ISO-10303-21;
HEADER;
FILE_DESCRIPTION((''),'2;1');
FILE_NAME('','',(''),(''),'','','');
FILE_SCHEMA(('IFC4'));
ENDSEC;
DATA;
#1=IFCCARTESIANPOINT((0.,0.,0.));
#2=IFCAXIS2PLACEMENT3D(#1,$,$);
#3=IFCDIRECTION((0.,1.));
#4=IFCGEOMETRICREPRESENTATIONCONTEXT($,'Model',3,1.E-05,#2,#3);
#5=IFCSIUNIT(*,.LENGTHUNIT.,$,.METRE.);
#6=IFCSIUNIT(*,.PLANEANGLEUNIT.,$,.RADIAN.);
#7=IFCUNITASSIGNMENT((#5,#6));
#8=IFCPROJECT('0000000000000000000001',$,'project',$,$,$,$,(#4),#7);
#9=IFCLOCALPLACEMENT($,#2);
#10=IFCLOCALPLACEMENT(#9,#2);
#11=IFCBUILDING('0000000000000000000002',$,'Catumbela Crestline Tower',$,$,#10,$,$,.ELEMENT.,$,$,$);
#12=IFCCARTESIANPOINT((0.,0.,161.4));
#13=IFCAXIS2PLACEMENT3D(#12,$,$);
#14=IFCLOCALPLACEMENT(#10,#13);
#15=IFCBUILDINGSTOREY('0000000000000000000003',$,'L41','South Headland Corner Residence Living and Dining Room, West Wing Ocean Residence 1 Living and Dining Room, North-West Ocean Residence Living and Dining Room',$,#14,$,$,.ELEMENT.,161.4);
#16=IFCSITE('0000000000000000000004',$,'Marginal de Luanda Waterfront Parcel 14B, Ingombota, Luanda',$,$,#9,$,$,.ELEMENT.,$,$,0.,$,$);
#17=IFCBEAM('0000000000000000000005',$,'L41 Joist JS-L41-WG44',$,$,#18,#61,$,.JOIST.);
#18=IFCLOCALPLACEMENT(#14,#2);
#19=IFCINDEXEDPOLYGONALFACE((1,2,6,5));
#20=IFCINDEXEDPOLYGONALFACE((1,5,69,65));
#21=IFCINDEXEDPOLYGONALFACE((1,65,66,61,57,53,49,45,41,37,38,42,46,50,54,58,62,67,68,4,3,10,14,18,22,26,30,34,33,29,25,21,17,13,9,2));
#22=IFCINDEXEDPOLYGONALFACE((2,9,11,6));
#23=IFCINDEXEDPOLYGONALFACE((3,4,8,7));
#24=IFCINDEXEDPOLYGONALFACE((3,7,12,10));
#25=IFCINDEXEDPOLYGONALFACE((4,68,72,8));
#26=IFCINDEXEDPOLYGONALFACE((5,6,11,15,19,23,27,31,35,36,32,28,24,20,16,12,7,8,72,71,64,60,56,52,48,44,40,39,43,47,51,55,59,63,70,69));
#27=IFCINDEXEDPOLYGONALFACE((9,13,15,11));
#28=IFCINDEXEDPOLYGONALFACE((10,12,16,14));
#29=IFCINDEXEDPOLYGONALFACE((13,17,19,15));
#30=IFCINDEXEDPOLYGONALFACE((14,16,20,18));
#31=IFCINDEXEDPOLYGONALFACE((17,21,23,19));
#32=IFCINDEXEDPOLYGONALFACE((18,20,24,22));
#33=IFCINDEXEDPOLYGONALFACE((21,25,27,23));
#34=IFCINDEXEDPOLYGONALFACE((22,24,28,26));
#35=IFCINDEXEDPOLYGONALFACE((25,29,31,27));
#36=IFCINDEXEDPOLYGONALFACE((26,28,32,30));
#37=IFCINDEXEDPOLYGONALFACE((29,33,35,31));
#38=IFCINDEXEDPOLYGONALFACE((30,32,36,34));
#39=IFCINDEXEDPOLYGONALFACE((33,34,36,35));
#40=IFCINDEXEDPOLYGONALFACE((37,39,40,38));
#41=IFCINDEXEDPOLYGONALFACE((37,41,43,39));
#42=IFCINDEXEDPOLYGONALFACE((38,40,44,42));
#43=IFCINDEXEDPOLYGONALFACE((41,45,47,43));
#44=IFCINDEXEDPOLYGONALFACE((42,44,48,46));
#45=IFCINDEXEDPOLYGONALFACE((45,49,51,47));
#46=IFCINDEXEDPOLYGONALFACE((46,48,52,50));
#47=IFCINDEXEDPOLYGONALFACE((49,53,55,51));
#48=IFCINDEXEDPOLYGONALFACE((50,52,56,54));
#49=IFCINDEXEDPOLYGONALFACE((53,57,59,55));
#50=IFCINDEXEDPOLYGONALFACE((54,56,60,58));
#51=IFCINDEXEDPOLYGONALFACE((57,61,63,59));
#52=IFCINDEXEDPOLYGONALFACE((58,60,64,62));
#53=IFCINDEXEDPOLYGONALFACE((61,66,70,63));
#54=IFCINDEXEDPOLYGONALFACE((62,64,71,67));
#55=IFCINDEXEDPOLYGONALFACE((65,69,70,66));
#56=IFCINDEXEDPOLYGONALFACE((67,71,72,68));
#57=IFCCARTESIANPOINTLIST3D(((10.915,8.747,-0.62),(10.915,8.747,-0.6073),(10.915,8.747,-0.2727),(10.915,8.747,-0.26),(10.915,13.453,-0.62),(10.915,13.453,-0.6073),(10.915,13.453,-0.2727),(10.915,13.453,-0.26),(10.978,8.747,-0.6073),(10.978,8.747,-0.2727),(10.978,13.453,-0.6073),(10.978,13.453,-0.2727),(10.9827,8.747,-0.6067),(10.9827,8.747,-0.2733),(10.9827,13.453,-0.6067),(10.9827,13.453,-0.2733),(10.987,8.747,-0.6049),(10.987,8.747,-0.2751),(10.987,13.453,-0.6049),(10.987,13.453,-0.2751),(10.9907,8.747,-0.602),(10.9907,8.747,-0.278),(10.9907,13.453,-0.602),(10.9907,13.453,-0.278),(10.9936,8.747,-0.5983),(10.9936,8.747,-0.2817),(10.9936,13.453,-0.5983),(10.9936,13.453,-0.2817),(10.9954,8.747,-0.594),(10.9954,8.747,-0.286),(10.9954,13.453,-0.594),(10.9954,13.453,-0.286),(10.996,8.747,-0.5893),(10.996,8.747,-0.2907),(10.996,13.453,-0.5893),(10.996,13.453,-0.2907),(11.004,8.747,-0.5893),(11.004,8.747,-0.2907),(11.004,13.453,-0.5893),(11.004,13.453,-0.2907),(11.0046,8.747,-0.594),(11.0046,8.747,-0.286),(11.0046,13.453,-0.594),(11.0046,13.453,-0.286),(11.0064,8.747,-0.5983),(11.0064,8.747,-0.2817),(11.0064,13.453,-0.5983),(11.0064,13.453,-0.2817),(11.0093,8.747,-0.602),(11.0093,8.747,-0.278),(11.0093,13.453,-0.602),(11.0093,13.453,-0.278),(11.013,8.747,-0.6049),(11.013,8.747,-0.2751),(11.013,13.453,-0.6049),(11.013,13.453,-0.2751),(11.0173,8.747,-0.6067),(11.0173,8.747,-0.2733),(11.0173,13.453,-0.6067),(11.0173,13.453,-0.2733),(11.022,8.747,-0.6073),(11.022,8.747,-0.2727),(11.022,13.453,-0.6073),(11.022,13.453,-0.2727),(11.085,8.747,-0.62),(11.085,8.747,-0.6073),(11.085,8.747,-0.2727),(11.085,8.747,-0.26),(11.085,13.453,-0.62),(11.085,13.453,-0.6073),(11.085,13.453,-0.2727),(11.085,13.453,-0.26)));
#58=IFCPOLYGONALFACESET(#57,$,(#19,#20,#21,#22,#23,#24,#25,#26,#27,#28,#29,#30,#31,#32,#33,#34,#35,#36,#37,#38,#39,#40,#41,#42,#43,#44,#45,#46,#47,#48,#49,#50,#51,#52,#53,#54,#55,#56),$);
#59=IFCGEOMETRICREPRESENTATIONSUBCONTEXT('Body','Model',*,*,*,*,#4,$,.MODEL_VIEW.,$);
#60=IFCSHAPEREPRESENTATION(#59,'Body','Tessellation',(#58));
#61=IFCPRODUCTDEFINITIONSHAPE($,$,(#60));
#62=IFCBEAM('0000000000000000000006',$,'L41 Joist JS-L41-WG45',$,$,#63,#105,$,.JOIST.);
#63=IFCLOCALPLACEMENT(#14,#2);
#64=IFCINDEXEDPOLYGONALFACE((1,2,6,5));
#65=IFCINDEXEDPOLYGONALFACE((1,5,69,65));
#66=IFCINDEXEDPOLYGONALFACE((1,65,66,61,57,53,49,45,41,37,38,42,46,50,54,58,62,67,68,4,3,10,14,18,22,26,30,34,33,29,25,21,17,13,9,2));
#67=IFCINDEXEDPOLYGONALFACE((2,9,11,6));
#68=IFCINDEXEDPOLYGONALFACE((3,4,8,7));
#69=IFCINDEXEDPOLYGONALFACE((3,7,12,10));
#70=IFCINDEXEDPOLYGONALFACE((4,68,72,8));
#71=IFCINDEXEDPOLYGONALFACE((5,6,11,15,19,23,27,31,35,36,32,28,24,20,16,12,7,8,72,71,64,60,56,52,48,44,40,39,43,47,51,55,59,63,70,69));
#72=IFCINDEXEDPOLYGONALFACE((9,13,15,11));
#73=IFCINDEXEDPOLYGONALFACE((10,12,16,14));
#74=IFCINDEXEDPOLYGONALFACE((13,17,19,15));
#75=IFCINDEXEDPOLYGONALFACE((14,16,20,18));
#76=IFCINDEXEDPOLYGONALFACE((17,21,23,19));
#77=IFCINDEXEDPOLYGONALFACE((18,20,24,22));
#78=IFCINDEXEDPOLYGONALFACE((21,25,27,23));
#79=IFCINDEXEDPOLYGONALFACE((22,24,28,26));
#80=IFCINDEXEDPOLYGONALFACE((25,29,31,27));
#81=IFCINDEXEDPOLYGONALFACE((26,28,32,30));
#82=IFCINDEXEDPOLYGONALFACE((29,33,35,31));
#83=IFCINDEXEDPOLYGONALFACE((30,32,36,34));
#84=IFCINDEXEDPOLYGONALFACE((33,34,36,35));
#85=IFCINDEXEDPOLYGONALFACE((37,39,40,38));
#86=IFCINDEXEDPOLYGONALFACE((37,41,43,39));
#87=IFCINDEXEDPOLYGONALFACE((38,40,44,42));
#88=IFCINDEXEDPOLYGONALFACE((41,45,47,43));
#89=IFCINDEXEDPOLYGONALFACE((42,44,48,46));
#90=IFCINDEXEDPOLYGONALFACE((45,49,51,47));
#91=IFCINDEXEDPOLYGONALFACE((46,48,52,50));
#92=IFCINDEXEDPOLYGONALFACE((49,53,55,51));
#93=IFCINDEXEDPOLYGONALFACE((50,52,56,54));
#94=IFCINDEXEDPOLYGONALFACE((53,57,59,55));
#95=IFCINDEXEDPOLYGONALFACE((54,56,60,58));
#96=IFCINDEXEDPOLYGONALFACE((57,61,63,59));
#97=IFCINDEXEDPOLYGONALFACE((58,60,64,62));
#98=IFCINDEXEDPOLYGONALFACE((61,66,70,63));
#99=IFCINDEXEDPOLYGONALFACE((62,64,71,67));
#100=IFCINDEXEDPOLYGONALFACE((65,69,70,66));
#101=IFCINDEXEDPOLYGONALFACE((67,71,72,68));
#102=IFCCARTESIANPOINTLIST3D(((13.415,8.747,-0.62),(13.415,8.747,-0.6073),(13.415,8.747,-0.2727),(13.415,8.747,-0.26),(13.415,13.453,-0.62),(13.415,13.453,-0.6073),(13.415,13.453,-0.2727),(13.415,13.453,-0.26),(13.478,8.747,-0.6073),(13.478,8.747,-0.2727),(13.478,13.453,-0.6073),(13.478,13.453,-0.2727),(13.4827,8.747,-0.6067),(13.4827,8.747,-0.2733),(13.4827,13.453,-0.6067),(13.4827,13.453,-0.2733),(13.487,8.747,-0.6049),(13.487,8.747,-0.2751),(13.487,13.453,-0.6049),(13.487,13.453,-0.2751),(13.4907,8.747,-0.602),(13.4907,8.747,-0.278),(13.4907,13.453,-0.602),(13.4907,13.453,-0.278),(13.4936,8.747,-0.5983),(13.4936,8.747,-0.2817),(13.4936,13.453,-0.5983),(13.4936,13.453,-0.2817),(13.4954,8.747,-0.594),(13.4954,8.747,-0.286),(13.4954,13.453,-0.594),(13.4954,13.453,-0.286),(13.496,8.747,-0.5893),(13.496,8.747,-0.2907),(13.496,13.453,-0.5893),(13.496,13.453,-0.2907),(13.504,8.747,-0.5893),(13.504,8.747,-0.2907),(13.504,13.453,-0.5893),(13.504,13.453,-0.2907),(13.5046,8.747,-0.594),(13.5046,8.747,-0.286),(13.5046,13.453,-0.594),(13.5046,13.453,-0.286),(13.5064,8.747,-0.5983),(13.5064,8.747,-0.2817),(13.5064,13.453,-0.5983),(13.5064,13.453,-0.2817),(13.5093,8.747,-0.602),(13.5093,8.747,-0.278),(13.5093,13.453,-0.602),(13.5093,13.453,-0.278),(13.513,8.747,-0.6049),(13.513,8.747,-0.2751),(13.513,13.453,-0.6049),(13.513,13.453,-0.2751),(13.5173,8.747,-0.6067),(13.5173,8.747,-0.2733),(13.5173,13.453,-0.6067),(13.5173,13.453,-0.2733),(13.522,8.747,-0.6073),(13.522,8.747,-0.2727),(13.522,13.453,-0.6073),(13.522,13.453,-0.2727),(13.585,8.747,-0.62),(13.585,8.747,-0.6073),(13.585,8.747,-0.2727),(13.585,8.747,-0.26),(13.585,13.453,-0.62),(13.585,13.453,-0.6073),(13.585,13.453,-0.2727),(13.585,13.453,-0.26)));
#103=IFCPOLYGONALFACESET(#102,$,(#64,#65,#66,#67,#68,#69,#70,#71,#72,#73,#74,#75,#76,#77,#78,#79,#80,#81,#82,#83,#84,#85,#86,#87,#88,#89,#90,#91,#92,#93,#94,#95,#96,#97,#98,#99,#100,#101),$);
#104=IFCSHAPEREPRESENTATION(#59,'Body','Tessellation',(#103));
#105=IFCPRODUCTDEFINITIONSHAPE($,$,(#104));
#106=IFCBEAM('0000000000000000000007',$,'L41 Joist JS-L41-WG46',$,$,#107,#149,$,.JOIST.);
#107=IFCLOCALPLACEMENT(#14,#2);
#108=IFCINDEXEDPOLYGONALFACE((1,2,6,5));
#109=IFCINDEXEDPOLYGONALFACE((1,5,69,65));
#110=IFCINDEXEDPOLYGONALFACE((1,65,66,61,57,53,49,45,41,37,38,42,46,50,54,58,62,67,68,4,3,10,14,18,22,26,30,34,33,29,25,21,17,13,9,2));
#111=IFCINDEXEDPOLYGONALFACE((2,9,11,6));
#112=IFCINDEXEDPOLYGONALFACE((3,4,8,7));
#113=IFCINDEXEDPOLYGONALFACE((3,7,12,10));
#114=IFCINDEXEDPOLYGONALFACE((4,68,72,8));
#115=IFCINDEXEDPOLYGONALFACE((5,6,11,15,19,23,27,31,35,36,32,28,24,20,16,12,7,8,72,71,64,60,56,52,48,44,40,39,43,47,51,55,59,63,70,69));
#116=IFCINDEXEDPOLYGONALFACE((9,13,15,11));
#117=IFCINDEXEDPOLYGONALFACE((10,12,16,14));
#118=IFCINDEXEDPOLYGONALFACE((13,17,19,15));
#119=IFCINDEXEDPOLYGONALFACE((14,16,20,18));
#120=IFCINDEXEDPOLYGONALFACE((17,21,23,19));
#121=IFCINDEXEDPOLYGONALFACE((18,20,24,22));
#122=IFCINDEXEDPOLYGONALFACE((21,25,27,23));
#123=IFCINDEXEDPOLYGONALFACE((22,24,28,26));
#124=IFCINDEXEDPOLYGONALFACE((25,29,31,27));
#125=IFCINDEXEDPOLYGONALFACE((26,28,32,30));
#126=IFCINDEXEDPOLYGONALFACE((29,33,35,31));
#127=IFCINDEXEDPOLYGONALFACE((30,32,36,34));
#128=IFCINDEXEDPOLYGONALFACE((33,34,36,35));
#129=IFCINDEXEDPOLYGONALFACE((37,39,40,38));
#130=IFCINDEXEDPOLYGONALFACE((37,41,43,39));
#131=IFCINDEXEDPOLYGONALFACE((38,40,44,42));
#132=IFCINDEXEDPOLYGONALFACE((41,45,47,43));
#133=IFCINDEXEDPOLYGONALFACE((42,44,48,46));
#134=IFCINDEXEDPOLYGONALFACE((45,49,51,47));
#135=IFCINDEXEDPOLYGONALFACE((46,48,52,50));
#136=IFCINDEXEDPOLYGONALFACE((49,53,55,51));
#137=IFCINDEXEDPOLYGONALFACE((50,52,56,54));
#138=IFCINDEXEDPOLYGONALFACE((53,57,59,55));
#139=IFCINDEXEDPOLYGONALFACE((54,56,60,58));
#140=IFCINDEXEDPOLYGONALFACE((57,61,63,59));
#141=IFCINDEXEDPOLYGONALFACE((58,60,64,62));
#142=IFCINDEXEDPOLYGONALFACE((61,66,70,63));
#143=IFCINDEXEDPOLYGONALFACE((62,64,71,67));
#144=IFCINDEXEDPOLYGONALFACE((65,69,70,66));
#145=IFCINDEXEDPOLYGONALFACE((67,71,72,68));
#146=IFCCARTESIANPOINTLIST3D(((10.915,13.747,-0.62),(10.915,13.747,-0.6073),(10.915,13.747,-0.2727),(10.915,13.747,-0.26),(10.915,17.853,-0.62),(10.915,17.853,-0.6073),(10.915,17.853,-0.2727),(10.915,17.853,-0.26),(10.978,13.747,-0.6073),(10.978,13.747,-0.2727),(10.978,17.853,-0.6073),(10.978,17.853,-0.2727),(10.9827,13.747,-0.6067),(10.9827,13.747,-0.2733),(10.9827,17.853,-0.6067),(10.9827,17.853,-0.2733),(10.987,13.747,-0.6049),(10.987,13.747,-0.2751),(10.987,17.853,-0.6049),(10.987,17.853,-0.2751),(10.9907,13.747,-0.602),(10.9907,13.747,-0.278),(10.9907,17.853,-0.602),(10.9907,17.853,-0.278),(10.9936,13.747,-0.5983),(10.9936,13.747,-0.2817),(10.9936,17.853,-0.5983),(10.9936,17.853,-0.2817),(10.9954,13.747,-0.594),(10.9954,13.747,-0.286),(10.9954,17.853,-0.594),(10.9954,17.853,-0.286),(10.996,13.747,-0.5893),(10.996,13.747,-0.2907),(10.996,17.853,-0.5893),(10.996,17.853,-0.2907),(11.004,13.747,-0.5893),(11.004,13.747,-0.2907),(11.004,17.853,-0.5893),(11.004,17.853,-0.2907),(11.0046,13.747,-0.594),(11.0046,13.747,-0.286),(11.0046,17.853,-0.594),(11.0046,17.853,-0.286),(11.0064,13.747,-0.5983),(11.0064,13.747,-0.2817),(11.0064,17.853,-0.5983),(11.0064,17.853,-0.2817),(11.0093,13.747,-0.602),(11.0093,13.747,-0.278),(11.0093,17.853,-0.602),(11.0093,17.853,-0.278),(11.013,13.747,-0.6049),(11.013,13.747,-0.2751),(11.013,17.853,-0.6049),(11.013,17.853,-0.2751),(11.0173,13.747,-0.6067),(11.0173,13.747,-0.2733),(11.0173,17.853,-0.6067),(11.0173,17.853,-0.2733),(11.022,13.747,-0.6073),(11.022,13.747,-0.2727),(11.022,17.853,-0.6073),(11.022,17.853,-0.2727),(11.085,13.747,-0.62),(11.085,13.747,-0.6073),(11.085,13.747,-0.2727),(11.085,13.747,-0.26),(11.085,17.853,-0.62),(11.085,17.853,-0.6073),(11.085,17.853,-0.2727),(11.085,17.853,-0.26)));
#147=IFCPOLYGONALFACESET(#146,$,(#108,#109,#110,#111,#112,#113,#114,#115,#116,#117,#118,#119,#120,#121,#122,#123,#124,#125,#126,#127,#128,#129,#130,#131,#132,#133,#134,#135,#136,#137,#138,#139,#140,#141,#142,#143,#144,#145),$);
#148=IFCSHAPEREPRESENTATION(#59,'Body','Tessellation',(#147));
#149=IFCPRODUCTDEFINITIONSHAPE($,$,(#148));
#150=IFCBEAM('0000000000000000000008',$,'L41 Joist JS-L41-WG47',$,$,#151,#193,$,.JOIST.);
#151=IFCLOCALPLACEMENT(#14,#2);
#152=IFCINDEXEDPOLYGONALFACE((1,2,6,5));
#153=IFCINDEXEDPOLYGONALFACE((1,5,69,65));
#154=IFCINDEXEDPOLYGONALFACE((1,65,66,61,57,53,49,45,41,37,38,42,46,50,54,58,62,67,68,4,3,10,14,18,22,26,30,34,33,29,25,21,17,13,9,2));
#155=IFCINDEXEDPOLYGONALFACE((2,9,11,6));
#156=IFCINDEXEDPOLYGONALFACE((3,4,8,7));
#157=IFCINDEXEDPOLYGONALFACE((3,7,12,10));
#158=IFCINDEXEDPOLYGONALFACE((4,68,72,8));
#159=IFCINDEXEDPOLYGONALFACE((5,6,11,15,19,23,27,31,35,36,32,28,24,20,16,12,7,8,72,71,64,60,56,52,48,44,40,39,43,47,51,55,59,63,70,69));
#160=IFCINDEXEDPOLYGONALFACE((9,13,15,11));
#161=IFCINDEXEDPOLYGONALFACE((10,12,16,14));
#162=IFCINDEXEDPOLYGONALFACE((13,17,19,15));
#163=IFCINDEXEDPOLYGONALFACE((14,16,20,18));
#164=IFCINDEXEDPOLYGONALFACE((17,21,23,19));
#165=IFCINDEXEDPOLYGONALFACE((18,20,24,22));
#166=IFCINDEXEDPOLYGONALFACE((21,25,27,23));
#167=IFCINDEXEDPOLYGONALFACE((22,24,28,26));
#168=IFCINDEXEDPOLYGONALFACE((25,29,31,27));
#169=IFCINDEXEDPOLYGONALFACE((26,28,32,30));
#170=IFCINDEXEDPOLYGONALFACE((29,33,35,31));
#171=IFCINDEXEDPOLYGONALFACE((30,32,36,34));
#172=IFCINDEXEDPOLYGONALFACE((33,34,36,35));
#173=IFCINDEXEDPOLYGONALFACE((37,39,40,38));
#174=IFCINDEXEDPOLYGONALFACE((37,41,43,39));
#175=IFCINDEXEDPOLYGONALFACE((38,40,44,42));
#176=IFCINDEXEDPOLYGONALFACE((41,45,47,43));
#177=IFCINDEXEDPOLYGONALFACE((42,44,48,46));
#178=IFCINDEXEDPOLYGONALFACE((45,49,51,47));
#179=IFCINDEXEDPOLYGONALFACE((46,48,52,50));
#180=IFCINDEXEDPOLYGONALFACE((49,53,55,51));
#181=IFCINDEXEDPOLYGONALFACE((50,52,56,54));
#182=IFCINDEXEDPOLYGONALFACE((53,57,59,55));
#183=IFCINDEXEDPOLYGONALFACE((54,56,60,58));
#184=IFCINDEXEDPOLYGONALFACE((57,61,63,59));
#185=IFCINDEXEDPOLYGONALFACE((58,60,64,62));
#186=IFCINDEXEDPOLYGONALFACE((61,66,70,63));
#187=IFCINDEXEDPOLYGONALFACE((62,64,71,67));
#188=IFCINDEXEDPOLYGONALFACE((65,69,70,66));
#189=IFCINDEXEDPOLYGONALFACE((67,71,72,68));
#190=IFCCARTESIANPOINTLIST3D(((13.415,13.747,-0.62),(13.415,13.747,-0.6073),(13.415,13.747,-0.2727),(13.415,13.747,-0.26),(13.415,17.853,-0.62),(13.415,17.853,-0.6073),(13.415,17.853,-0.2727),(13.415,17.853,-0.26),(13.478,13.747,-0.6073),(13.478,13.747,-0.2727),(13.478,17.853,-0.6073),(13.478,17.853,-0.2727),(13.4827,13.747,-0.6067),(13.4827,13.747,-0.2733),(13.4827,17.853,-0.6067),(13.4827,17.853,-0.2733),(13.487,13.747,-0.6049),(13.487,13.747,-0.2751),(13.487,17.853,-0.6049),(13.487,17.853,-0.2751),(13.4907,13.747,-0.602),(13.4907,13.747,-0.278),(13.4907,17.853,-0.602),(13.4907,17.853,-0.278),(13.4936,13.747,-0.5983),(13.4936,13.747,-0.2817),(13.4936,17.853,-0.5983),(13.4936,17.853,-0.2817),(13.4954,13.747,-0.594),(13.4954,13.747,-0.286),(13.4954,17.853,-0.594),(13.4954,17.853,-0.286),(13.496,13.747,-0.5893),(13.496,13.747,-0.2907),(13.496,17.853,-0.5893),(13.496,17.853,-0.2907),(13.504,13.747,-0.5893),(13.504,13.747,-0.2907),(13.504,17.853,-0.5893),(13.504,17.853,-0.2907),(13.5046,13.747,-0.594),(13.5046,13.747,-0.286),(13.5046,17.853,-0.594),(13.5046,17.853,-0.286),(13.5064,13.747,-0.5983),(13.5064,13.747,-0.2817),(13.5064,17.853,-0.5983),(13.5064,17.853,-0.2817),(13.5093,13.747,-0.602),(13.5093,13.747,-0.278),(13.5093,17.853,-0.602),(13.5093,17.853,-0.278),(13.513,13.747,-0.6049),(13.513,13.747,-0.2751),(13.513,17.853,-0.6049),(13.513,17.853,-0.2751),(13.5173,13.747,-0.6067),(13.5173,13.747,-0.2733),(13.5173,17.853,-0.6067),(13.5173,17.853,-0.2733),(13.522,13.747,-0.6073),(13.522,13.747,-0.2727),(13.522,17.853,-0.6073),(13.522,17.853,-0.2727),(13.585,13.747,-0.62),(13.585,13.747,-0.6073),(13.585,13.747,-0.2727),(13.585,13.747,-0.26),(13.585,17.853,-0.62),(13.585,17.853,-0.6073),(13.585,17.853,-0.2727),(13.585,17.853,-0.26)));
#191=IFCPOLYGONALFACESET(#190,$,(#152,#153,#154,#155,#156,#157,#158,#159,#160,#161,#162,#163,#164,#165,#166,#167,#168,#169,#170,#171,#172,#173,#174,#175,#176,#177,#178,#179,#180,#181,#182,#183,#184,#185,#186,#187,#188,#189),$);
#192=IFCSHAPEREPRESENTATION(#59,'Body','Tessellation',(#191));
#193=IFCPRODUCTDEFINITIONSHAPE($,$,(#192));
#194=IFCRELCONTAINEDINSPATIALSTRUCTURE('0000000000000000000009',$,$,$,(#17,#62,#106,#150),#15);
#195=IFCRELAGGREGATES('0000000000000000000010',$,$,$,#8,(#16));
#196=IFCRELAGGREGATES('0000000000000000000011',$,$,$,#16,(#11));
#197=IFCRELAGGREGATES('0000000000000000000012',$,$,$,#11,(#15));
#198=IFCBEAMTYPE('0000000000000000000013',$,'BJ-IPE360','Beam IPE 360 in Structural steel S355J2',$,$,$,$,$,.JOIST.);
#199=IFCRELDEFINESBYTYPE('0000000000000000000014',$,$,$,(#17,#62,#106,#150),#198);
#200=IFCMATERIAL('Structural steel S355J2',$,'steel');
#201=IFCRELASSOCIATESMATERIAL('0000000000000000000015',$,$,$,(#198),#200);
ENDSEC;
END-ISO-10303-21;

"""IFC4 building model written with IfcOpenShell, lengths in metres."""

from ifc_helpers import new_model, si_unit, direction, frame, origin, origin_2d, place, context, subcontext, project, spatial, i_section, extrude, material, material_profile, profile_set, type_object, element, save


model = new_model("IFC4")

# Units and contexts
model_context = context("Model", 3, precision=1e-05, world=origin(), true_north=direction((0.0, 1.0)))
body_context = subcontext(model_context, "Body", "Model", "MODEL_VIEW")
ifc_project = project(units=[si_unit("LENGTHUNIT", "METRE"), si_unit("PLANEANGLEUNIT", "RADIAN")], contexts=[model_context])

# Site, building, storey
site_placement = place(None, origin())
site = spatial("IfcSite", under=ifc_project, at=site_placement, Name="Marginal de Luanda Waterfront Parcel 14B, Ingombota, Luanda", CompositionType="ELEMENT", RefElevation=0.0)
building_placement = place(site_placement, origin())
building = spatial("IfcBuilding", under=site, at=building_placement, Name="Catumbela Crestline Tower", CompositionType="ELEMENT")
storey_placement = place(building_placement, frame((0.0, 0.0, 161.4)))
storey = spatial("IfcBuildingStorey", under=building, at=storey_placement, Name="L41", Description="South Headland Corner Residence Living and Dining Room, West Wing Ocean Residence 1 Living and Dining Room, North-West Ocean Residence Living and Dining Room", CompositionType="ELEMENT", Elevation=161.4)

# Shared definitions
ifc_material_1 = material(Name="Structural steel S355J2", Category="steel")

# Beams
ifc_material_profile_1 = material_profile(ifc_material_1, i_section(OverallWidth=0.17, OverallDepth=0.36, WebThickness=0.008, FlangeThickness=0.0127, FilletRadius=0.018, at=origin_2d()), Name="IPE 360")
ifc_profile_set_1 = profile_set([ifc_material_profile_1], Name="Structural steel S355J2")
beam_type_1 = type_object("IfcBeamType", Name="BJ-IPE360", Description="Beam IPE 360 in Structural steel S355J2", PredefinedType="JOIST", material=ifc_profile_set_1)
for number, where, z_axis, x_axis, name in (
    (1, (11.0, 8.747, -0.44), (0.0, 1.0, 0.0), (-1.0, 0.0, 0.0), "L41 Joist JS-L41-WG44"),
    (2, (13.5, 8.747, -0.44), (0.0, 1.0, 0.0), (-1.0, 0.0, 0.0), "L41 Joist JS-L41-WG45"),
):
    element("IfcBeam", number, at=place(storey_placement, frame(where, z_axis=z_axis, x_axis=x_axis)), inside=storey, type_object=beam_type_1, Name=name, PredefinedType="JOIST", context=body_context, shape_type="SweptSolid", body=[
        extrude(i_section(OverallWidth=0.17, OverallDepth=0.36, WebThickness=0.008, FlangeThickness=0.0127, FilletRadius=0.018, at=origin_2d()), origin(), (0.0, 0.0, 1.0), 4.706),
    ])
for number, where, z_axis, x_axis, name in (
    (3, (11.0, 13.747, -0.44), (0.0, 1.0, 0.0), (-1.0, 0.0, 0.0), "L41 Joist JS-L41-WG46"),
    (4, (13.5, 13.747, -0.44), (0.0, 1.0, 0.0), (-1.0, 0.0, 0.0), "L41 Joist JS-L41-WG47"),
):
    element("IfcBeam", number, at=place(storey_placement, frame(where, z_axis=z_axis, x_axis=x_axis)), inside=storey, type_object=beam_type_1, Name=name, PredefinedType="JOIST", context=body_context, shape_type="SweptSolid", body=[
        extrude(i_section(OverallWidth=0.17, OverallDepth=0.36, WebThickness=0.008, FlangeThickness=0.0127, FilletRadius=0.018, at=origin_2d()), origin(), (0.0, 0.0, 1.0), 4.106),
    ])

save(model, "model.ifc")
